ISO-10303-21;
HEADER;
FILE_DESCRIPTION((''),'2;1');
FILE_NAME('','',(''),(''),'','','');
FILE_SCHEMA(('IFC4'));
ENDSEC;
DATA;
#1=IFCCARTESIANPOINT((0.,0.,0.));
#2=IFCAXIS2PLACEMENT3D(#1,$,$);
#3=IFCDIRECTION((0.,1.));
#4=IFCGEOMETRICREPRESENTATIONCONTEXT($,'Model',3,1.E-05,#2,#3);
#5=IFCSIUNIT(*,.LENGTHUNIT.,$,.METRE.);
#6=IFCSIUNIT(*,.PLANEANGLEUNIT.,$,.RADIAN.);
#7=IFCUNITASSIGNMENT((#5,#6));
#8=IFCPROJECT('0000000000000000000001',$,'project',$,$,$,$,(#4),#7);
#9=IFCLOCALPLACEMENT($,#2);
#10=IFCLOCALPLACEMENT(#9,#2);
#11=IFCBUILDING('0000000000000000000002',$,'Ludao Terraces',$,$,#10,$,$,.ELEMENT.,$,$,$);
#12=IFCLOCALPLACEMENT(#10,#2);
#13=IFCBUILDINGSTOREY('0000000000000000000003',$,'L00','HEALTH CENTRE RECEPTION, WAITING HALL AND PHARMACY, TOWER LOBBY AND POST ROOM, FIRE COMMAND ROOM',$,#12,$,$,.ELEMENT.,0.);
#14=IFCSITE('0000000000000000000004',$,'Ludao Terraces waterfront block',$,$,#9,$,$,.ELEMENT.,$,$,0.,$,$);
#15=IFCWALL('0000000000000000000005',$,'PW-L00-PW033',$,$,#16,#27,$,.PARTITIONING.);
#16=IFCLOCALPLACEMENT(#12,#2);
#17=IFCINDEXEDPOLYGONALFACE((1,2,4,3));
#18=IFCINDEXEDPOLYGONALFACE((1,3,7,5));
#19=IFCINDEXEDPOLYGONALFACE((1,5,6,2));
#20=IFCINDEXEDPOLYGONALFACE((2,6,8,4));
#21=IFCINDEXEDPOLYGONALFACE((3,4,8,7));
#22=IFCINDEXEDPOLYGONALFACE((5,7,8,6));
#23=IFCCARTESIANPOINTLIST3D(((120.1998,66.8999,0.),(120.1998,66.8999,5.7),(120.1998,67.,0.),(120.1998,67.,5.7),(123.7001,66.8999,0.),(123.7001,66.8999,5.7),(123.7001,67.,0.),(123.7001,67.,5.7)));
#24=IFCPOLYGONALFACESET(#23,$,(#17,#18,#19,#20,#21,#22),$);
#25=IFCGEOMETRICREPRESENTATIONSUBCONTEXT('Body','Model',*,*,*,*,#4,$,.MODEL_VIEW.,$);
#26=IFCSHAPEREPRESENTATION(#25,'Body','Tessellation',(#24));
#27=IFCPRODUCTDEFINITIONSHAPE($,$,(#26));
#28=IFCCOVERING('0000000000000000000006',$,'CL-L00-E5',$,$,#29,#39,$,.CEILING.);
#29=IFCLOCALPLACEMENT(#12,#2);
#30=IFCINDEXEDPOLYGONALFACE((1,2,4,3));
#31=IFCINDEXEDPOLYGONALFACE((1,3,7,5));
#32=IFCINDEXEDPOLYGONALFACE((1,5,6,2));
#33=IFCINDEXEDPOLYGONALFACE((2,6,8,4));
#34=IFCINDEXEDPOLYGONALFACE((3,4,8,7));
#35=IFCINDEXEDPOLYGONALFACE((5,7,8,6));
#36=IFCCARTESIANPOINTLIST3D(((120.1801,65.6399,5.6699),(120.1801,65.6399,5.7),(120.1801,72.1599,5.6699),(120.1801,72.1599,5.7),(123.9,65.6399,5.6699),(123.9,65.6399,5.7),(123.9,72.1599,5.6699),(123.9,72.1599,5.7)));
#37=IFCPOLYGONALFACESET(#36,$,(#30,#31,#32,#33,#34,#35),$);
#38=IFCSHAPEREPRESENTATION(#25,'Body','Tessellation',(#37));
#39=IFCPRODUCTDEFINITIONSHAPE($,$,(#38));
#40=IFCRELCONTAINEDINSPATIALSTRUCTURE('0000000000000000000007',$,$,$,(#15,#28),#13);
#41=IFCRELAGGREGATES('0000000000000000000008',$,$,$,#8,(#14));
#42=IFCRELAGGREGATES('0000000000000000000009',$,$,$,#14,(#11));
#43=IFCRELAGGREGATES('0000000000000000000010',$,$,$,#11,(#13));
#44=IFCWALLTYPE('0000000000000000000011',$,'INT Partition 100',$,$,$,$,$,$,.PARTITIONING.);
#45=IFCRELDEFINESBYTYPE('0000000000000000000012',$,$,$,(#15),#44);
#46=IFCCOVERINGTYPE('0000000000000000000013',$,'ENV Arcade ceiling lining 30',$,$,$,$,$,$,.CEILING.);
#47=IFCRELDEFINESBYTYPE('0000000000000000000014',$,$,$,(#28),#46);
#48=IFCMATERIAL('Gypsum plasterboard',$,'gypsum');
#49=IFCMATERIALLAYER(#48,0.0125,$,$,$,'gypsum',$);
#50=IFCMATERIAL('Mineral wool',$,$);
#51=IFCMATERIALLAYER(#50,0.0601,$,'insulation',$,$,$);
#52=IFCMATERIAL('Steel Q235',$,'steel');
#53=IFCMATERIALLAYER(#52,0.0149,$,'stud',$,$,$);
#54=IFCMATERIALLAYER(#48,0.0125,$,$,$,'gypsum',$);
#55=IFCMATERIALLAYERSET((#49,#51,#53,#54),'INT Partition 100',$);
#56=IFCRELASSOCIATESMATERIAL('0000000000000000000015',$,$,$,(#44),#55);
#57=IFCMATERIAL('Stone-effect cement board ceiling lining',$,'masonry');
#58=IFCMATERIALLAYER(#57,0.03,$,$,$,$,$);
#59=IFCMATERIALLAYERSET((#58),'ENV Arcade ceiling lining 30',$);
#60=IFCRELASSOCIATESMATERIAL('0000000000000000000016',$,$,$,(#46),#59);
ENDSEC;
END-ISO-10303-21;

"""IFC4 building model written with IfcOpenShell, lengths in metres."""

from ifc_helpers import new_model, si_unit, direction, frame, frame_2d, origin, origin_2d, place, context, subcontext, project, spatial, rectangle, extrude, material, layer, layer_set, type_object, element, save


model = new_model("IFC4")

# Units and contexts
model_context = context("Model", 3, precision=1e-05, world=origin(), true_north=direction((0.0, 1.0)))
body_context = subcontext(model_context, "Body", "Model", "MODEL_VIEW")
ifc_project = project(units=[si_unit("LENGTHUNIT", "METRE"), si_unit("PLANEANGLEUNIT", "RADIAN")], contexts=[model_context])

# Site, building, storey
site_placement = place(None, origin())
site = spatial("IfcSite", under=ifc_project, at=site_placement, Name="Ludao Terraces waterfront block", CompositionType="ELEMENT", RefElevation=0.0)
building_placement = place(site_placement, origin())
building = spatial("IfcBuilding", under=site, at=building_placement, Name="Ludao Terraces", CompositionType="ELEMENT")
storey_placement = place(building_placement, origin())
storey = spatial("IfcBuildingStorey", under=building, at=storey_placement, Name="L00", Description="HEALTH CENTRE RECEPTION, WAITING HALL AND PHARMACY, TOWER LOBBY AND POST ROOM, FIRE COMMAND ROOM", CompositionType="ELEMENT", Elevation=0.0)

# Wall
ifc_material_1 = material(Name="Gypsum plasterboard", Category="gypsum")
ifc_layer_1 = layer(ifc_material_1, 0.0125, Category="gypsum")
ifc_material_2 = material(Name="Mineral wool")
ifc_layer_2 = layer(ifc_material_2, 0.0601, Name="insulation")
ifc_material_3 = material(Name="Steel Q235", Category="steel")
ifc_layer_3 = layer(ifc_material_3, 0.0149, Name="stud")
ifc_layer_4 = layer(ifc_material_1, 0.0125, Category="gypsum")
ifc_layer_set_1 = layer_set([ifc_layer_1, ifc_layer_2, ifc_layer_3, ifc_layer_4], Name="INT Partition 100")
wall_type = type_object("IfcWallType", Name="INT Partition 100", PredefinedType="PARTITIONING", material=ifc_layer_set_1)
wall_placement = place(storey_placement, frame((120.2, 66.95, 0.0), z_axis=(0.0, 0.0, 1.0), x_axis=(1.0, 0.0, 0.0)))
element("IfcWall", 1, at=wall_placement, inside=storey, type_object=wall_type, Name="PW-L00-PW033", PredefinedType="PARTITIONING", context=body_context, shape_type="SweptSolid", body=[
    extrude(rectangle(XDim=3.5002, YDim=0.1001, at=frame_2d((1.75, 0.0))), origin(), (0.0, 0.0, 1.0), 5.7),
])

# Covering
ifc_material_4 = material(Name="Stone-effect cement board ceiling lining", Category="masonry")
ifc_layer_5 = layer(ifc_material_4, 0.03)
ifc_layer_set_2 = layer_set([ifc_layer_5], Name="ENV Arcade ceiling lining 30")
covering_type = type_object("IfcCoveringType", Name="ENV Arcade ceiling lining 30", PredefinedType="CEILING", material=ifc_layer_set_2)
covering_placement = place(storey_placement, frame((122.04, 68.8999, 5.6699), z_axis=(0.0, 0.0, 1.0), x_axis=(1.0, 0.0, 0.0)))
element("IfcCovering", 2, at=covering_placement, inside=storey, type_object=covering_type, Name="CL-L00-E5", PredefinedType="CEILING", context=body_context, shape_type="SweptSolid", body=[
    extrude(rectangle(XDim=3.72, YDim=6.52, at=origin_2d()), origin(), (0.0, 0.0, 1.0), 0.03),
])

save(model, "model.ifc")
